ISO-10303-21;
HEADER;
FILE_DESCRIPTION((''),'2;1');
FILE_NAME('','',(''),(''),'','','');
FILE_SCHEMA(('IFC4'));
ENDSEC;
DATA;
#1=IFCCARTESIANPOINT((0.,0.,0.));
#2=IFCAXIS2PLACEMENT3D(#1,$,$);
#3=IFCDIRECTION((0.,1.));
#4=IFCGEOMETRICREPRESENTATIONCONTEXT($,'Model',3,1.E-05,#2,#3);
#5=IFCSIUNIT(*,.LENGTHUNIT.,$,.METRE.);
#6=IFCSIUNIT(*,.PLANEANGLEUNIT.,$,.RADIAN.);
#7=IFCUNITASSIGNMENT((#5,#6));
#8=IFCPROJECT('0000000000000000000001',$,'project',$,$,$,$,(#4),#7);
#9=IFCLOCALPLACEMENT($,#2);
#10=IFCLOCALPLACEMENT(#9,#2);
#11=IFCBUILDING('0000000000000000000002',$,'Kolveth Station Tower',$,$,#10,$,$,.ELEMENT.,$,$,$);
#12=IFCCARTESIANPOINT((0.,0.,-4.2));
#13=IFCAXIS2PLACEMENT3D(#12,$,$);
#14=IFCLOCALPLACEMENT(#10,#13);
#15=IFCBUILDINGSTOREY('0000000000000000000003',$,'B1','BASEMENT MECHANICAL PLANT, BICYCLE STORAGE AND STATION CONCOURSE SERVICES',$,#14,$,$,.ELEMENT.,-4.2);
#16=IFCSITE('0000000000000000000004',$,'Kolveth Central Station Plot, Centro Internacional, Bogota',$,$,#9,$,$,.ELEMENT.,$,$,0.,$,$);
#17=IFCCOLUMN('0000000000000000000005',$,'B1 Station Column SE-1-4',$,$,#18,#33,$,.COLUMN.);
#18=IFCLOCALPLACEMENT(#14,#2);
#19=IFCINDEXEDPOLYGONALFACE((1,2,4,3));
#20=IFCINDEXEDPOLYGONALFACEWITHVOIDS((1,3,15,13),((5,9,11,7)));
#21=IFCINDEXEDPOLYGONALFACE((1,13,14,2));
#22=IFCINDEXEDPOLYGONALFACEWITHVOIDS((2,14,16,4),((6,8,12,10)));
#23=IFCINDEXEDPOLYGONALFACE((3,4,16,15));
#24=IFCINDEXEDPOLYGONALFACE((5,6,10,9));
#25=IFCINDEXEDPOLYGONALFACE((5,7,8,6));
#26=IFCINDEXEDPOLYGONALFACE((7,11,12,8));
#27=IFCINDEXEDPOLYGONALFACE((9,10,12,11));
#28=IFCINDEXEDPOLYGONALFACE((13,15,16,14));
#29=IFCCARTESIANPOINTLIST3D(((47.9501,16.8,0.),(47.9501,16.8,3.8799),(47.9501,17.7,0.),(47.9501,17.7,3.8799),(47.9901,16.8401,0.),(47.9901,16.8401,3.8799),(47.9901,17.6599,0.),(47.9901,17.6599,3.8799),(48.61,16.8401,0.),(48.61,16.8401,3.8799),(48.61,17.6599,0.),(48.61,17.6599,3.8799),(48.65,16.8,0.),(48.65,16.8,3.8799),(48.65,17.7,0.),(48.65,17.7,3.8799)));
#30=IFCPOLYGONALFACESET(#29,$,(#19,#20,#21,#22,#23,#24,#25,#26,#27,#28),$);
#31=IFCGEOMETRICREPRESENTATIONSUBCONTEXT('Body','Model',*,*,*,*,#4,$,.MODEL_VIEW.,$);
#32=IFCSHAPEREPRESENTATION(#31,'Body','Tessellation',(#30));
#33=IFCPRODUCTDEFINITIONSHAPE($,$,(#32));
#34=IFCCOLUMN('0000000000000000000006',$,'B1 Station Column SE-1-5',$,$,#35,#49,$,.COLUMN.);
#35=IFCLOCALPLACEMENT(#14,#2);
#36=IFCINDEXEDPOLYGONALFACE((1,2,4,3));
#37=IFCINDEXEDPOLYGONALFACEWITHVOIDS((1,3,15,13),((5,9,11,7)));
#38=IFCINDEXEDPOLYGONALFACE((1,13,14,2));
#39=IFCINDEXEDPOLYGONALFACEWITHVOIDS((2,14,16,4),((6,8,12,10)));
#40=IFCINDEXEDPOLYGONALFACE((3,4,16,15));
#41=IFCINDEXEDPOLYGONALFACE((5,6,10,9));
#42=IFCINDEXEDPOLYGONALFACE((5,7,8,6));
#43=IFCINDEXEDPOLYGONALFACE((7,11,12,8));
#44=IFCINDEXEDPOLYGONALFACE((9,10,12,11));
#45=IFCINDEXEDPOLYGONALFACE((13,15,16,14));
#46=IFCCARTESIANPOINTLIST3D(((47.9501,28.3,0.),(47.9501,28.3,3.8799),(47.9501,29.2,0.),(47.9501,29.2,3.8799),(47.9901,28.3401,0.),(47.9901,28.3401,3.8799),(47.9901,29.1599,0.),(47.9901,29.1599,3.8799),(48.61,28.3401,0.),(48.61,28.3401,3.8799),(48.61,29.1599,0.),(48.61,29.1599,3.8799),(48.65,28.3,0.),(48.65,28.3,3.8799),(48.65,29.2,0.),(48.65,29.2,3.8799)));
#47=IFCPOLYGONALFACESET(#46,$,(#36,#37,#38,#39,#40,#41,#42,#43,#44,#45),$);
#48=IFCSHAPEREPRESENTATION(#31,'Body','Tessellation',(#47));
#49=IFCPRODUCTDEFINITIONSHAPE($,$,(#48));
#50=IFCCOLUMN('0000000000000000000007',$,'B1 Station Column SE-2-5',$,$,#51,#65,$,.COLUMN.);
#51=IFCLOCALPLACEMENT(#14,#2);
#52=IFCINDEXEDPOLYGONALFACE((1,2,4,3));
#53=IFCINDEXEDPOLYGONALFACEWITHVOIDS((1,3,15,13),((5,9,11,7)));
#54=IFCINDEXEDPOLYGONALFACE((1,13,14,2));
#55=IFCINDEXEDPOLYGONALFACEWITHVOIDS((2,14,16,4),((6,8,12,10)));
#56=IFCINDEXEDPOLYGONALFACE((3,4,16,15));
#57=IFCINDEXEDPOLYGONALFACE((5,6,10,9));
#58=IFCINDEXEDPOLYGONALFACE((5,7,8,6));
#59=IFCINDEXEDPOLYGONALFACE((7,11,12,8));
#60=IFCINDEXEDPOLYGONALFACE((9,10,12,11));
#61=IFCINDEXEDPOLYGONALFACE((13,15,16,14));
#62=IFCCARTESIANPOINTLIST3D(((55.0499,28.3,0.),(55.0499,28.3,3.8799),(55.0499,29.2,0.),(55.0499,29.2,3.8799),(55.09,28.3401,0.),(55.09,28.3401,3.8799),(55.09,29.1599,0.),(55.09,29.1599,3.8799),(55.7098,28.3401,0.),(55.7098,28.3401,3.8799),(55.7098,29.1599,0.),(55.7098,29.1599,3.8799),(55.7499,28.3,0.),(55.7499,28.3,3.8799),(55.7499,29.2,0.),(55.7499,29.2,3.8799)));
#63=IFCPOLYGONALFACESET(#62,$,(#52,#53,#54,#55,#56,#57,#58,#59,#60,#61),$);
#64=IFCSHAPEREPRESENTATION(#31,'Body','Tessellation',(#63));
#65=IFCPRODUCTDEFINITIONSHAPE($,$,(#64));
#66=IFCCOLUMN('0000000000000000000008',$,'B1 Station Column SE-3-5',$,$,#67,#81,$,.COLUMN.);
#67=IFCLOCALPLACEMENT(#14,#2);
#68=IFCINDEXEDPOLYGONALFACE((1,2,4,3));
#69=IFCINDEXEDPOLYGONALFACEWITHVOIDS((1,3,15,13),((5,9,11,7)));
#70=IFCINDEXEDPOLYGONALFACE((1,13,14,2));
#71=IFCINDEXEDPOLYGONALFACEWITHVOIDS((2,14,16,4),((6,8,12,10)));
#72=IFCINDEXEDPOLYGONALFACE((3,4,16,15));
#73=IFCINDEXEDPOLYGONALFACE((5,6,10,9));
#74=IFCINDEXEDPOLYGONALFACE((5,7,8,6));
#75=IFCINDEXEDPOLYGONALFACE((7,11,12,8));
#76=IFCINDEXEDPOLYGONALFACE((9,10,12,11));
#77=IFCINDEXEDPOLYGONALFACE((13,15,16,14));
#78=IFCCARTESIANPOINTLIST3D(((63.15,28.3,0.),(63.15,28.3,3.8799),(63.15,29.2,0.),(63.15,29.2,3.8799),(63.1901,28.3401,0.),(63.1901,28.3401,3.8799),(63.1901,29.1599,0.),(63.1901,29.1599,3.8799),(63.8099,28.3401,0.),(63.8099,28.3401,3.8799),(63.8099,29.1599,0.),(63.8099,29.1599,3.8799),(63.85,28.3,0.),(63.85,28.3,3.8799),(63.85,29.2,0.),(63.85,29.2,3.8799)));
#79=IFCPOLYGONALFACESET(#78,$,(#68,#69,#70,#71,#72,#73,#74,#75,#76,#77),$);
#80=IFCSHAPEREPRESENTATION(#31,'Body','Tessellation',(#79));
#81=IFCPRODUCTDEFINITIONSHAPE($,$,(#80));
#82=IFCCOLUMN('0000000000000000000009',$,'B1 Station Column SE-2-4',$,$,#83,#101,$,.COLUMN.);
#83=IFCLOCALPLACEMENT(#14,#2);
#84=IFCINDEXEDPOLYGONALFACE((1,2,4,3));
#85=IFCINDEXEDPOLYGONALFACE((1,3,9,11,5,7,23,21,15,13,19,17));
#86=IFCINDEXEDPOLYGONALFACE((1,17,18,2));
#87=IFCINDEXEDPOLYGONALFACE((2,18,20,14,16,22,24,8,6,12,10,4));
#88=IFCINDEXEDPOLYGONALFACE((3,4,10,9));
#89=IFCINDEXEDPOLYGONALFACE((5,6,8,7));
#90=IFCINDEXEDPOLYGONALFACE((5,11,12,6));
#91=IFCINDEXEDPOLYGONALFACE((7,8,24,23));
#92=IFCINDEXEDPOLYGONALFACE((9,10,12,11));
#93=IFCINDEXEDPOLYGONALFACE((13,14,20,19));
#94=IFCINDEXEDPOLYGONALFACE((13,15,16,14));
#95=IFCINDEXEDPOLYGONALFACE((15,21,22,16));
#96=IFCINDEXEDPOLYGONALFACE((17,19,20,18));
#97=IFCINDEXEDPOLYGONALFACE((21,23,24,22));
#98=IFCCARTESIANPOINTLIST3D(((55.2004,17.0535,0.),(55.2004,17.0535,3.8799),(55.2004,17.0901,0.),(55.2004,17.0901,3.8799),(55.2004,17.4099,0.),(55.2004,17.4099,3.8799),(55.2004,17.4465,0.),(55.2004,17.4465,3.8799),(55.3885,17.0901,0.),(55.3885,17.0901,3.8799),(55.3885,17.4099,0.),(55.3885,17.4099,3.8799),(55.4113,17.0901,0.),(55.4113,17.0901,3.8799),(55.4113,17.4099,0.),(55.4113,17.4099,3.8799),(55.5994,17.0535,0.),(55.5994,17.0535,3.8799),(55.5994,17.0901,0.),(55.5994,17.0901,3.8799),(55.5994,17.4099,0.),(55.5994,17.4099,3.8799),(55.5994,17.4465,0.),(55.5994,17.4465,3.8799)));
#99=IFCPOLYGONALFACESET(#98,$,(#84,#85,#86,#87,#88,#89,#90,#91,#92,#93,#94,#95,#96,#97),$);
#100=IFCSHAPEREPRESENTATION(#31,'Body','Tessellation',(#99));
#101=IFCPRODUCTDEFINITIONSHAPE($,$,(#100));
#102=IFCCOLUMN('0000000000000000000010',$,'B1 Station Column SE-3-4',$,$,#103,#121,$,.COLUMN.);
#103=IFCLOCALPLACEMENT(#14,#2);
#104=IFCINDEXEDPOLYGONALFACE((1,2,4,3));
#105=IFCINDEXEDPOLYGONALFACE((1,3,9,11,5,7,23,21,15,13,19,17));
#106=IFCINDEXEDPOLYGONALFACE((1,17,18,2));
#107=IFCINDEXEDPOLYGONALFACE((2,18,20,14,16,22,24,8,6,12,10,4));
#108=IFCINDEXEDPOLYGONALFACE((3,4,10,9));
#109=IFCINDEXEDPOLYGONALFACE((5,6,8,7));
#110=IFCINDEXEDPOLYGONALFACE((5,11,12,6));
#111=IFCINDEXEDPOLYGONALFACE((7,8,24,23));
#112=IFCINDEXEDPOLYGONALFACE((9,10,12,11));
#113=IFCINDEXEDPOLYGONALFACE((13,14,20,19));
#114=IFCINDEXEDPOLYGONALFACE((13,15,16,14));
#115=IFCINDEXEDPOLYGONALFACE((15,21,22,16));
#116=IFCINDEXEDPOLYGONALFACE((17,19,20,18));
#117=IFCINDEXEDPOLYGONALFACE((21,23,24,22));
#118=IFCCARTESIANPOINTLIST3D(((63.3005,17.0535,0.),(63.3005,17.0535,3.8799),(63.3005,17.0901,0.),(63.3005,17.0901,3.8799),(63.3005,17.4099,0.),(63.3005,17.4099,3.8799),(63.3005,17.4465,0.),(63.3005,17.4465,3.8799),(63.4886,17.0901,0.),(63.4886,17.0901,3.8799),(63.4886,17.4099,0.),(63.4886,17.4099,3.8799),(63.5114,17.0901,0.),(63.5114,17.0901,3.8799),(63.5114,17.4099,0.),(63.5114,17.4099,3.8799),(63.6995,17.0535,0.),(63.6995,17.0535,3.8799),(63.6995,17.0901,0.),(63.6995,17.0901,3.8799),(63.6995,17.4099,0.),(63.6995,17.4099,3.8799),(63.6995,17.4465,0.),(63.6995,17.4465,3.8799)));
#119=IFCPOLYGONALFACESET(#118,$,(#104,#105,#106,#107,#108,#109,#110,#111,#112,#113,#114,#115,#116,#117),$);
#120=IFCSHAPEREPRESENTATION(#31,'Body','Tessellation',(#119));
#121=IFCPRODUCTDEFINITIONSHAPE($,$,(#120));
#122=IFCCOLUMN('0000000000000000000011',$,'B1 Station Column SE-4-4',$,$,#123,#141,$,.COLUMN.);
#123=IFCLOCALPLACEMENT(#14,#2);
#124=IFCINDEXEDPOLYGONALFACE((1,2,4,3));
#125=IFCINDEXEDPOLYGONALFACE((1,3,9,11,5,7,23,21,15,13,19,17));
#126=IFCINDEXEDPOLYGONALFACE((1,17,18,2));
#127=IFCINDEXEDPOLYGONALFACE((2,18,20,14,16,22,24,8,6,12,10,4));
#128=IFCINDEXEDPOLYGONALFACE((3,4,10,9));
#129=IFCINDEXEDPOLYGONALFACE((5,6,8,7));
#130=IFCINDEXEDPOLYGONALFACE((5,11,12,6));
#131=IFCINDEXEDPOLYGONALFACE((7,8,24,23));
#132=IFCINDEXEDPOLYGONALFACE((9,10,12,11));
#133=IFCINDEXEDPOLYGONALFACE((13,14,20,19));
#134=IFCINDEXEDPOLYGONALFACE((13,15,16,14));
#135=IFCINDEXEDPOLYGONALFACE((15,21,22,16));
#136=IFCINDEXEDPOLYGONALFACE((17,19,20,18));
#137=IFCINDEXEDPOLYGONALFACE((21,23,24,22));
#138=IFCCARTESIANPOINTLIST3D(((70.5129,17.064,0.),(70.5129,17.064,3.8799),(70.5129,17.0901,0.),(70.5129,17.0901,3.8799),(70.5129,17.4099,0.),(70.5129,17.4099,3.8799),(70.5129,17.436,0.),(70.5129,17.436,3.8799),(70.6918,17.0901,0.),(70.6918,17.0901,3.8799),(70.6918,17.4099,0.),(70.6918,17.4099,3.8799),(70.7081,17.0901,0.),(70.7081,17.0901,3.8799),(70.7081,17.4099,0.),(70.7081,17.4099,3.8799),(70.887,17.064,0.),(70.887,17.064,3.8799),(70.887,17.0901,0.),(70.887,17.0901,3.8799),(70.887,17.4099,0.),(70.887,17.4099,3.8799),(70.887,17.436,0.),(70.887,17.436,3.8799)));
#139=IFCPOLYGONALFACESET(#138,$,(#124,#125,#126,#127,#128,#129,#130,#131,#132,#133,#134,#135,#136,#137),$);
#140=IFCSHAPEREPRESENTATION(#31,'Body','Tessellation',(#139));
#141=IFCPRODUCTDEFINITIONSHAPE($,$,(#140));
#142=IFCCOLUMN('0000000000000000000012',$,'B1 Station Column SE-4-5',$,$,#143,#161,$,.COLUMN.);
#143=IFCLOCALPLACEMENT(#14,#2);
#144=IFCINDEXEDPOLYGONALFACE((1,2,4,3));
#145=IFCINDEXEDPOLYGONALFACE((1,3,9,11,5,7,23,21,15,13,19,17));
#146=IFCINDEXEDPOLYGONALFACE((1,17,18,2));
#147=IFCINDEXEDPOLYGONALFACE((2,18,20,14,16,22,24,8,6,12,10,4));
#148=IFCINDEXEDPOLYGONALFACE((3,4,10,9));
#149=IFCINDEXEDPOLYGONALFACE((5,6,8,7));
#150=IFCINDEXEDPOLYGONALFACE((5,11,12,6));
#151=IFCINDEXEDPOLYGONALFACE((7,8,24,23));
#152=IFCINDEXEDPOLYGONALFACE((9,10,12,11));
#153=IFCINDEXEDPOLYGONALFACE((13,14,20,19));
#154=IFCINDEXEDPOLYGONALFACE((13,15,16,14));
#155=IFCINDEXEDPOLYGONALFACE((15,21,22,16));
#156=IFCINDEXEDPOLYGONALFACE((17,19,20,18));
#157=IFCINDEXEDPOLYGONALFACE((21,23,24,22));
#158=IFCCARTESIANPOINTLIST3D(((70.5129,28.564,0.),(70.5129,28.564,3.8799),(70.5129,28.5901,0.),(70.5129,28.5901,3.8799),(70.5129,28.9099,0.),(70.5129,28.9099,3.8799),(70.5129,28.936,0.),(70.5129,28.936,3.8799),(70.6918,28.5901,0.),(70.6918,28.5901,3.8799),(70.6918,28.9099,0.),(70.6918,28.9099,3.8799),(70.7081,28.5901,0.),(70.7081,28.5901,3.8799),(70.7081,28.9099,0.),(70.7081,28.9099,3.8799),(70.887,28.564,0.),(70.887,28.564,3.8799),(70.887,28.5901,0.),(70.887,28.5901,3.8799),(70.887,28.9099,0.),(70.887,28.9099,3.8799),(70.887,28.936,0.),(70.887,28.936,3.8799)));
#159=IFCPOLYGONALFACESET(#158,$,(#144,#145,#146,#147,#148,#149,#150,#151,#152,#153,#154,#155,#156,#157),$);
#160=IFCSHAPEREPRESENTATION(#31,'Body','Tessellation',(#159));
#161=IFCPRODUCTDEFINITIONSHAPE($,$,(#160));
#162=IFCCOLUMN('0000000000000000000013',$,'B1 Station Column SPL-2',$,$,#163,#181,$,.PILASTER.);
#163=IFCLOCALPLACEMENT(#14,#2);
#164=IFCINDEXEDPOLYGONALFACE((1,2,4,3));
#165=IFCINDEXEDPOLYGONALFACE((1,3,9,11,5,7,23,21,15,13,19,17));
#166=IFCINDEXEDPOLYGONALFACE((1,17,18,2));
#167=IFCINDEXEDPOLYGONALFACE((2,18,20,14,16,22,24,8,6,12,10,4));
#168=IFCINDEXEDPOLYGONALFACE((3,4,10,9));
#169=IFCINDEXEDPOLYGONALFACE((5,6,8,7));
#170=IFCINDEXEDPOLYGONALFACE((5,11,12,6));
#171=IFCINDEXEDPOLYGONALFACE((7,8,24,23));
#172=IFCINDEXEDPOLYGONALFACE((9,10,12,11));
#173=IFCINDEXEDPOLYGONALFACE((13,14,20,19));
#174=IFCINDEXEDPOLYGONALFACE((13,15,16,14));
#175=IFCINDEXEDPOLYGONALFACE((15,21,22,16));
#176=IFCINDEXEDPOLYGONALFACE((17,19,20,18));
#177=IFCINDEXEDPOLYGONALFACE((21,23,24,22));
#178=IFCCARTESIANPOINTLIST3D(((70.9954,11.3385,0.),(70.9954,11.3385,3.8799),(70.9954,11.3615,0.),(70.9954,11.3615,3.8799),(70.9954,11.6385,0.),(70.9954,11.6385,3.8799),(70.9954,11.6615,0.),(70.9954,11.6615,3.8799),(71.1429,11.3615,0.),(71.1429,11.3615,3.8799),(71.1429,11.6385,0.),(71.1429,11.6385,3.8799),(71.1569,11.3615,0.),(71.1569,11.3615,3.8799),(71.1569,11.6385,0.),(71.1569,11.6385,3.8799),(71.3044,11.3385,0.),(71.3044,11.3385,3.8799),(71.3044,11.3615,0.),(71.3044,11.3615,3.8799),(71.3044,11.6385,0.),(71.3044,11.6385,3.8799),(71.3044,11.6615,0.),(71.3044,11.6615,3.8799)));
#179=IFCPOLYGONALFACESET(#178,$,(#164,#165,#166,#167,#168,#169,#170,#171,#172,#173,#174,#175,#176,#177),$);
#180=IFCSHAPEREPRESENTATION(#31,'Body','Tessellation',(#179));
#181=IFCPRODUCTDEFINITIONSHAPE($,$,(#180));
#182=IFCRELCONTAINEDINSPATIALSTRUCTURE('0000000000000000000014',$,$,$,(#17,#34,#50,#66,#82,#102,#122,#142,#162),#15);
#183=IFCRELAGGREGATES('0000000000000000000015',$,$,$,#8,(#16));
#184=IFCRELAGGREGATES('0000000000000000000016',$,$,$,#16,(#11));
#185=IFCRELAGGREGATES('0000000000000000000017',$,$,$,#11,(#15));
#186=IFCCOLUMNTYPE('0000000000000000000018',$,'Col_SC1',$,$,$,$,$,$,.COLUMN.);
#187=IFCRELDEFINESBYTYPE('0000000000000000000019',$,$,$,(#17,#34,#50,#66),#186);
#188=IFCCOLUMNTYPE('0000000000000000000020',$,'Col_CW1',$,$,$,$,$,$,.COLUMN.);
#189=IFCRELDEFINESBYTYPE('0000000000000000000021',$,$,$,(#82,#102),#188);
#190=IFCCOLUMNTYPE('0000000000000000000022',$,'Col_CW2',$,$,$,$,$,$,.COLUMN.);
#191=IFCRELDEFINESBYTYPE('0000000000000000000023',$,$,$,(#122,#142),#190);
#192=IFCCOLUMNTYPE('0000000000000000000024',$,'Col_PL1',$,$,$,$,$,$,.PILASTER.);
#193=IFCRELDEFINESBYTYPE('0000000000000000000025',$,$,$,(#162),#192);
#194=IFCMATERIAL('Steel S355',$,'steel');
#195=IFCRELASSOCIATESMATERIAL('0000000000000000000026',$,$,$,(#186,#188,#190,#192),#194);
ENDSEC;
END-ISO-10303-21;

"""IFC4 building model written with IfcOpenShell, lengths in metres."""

from ifc_helpers import new_model, si_unit, direction, frame, origin, origin_2d, place, context, subcontext, project, spatial, hollow_rectangle, i_section, extrude, source, transform, mapped, material, material_profile, profile_set, type_object, element, save


model = new_model("IFC4")

# Units and contexts
model_context = context("Model", 3, precision=1e-05, world=origin(), true_north=direction((0.0, 1.0)))
body_context = subcontext(model_context, "Body", "Model", "MODEL_VIEW")
ifc_project = project(units=[si_unit("LENGTHUNIT", "METRE"), si_unit("PLANEANGLEUNIT", "RADIAN")], contexts=[model_context])

# Site, building, storey
site_placement = place(None, origin())
site = spatial("IfcSite", under=ifc_project, at=site_placement, Name="Kolveth Central Station Plot, Centro Internacional, Bogota", CompositionType="ELEMENT", RefElevation=0.0)
building_placement = place(site_placement, origin())
building = spatial("IfcBuilding", under=site, at=building_placement, Name="Kolveth Station Tower", CompositionType="ELEMENT")
storey_placement = place(building_placement, frame((0.0, 0.0, -4.2)))
storey = spatial("IfcBuildingStorey", under=building, at=storey_placement, Name="B1", Description="BASEMENT MECHANICAL PLANT, BICYCLE STORAGE AND STATION CONCOURSE SERVICES", CompositionType="ELEMENT", Elevation=-4.2)

# Columns
ifc_material_1 = material(Name="Steel S355", Category="steel")
ifc_material_profile_1 = material_profile(ifc_material_1, hollow_rectangle(XDim=0.7, YDim=0.8999, WallThickness=0.04, at=origin_2d()), Name="BOX900x700x40")
ifc_profile_set_1 = profile_set([ifc_material_profile_1], Name="Steel S355")
column_type_1 = type_object("IfcColumnType", Name="Col_SC1", PredefinedType="COLUMN", material=ifc_profile_set_1)
shared_shape_1 = source(origin(), body_context, "Body", "SweptSolid", [
    extrude(hollow_rectangle(XDim=0.7, YDim=0.8999, WallThickness=0.04, at=origin_2d()), origin(), (0.0, 0.0, 1.0), 3.8799),
])
for number, where, z_axis, x_axis, name in (
    (1, (48.3, 17.25, 0.0), (0.0, 0.0, 1.0), (1.0, 0.0, 0.0), "B1 Station Column SE-1-4"),
    (2, (48.3, 28.75, 0.0), (0.0, 0.0, 1.0), (1.0, 0.0, 0.0), "B1 Station Column SE-1-5"),
    (3, (55.3999, 28.75, 0.0), (0.0, 0.0, 1.0), (1.0, 0.0, 0.0), "B1 Station Column SE-2-5"),
    (4, (63.5, 28.75, 0.0), (0.0, 0.0, 1.0), (1.0, 0.0, 0.0), "B1 Station Column SE-3-5"),
):
    element("IfcColumn", number, at=place(storey_placement, frame(where, z_axis=z_axis, x_axis=x_axis)), inside=storey, type_object=column_type_1, Name=name, PredefinedType="COLUMN", context=body_context, shape_type="MappedRepresentation", body=[
        mapped(shared_shape_1, transform((0.0, 0.0, 0.0), x_axis=(1.0, 0.0, 0.0), y_axis=(0.0, 1.0, 0.0), z_axis=(0.0, 0.0, 1.0), scale=1.0)),
    ])
ifc_material_profile_2 = material_profile(ifc_material_1, i_section(OverallWidth=0.3989, OverallDepth=0.3931, WebThickness=0.0227, FlangeThickness=0.0366, at=origin_2d()), Name="W360x287")
ifc_profile_set_2 = profile_set([ifc_material_profile_2], Name="Steel S355")
column_type_2 = type_object("IfcColumnType", Name="Col_CW1", PredefinedType="COLUMN", material=ifc_profile_set_2)
shared_shape_2 = source(origin(), body_context, "Body", "SweptSolid", [
    extrude(i_section(OverallWidth=0.3989, OverallDepth=0.3931, WebThickness=0.0227, FlangeThickness=0.0366, at=origin_2d()), origin(), (0.0, 0.0, 1.0), 3.8799),
])
for number, where, z_axis, x_axis, name in (
    (5, (55.3999, 17.25, 0.0), (0.0, 0.0, 1.0), (1.0, 0.0, 0.0), "B1 Station Column SE-2-4"),
    (6, (63.5, 17.25, 0.0), (0.0, 0.0, 1.0), (1.0, 0.0, 0.0), "B1 Station Column SE-3-4"),
):
    element("IfcColumn", number, at=place(storey_placement, frame(where, z_axis=z_axis, x_axis=x_axis)), inside=storey, type_object=column_type_2, Name=name, PredefinedType="COLUMN", context=body_context, shape_type="MappedRepresentation", body=[
        mapped(shared_shape_2, transform((0.0, 0.0, 0.0), x_axis=(1.0, 0.0, 0.0), y_axis=(0.0, 1.0, 0.0), z_axis=(0.0, 0.0, 1.0), scale=1.0)),
    ])
ifc_material_profile_3 = material_profile(ifc_material_1, i_section(OverallWidth=0.374, OverallDepth=0.3721, WebThickness=0.0164, FlangeThickness=0.0261, at=origin_2d()), Name="W360x196")
ifc_profile_set_3 = profile_set([ifc_material_profile_3], Name="Steel S355")
column_type_3 = type_object("IfcColumnType", Name="Col_CW2", PredefinedType="COLUMN", material=ifc_profile_set_3)
shared_shape_3 = source(origin(), body_context, "Body", "SweptSolid", [
    extrude(i_section(OverallWidth=0.374, OverallDepth=0.3721, WebThickness=0.0164, FlangeThickness=0.0261, at=origin_2d()), origin(), (0.0, 0.0, 1.0), 3.8799),
])
for number, where, z_axis, x_axis, name in (
    (7, (70.7, 17.25, 0.0), (0.0, 0.0, 1.0), (1.0, 0.0, 0.0), "B1 Station Column SE-4-4"),
    (8, (70.7, 28.75, 0.0), (0.0, 0.0, 1.0), (1.0, 0.0, 0.0), "B1 Station Column SE-4-5"),
):
    element("IfcColumn", number, at=place(storey_placement, frame(where, z_axis=z_axis, x_axis=x_axis)), inside=storey, type_object=column_type_3, Name=name, PredefinedType="COLUMN", context=body_context, shape_type="MappedRepresentation", body=[
        mapped(shared_shape_3, transform((0.0, 0.0, 0.0), x_axis=(1.0, 0.0, 0.0), y_axis=(0.0, 1.0, 0.0), z_axis=(0.0, 0.0, 1.0), scale=1.0)),
    ])
ifc_material_profile_4 = material_profile(ifc_material_1, i_section(OverallWidth=0.3091, OverallDepth=0.323, WebThickness=0.0139, FlangeThickness=0.0229, at=origin_2d()), Name="W310x143")
ifc_profile_set_4 = profile_set([ifc_material_profile_4], Name="Steel S355")
column_type_4 = type_object("IfcColumnType", Name="Col_PL1", PredefinedType="PILASTER", material=ifc_profile_set_4)
shared_shape_4 = source(origin(), body_context, "Body", "SweptSolid", [
    extrude(i_section(OverallWidth=0.3091, OverallDepth=0.323, WebThickness=0.0139, FlangeThickness=0.0229, at=origin_2d()), origin(), (0.0, 0.0, 1.0), 3.8799),
])
for number, where, z_axis, x_axis, name in (
    (9, (71.1499, 11.5, 0.0), (0.0, 0.0, 1.0), (1.0, 0.0, 0.0), "B1 Station Column SPL-2"),
):
    element("IfcColumn", number, at=place(storey_placement, frame(where, z_axis=z_axis, x_axis=x_axis)), inside=storey, type_object=column_type_4, Name=name, PredefinedType="PILASTER", context=body_context, shape_type="MappedRepresentation", body=[
        mapped(shared_shape_4, transform((0.0, 0.0, 0.0), x_axis=(1.0, 0.0, 0.0), y_axis=(0.0, 1.0, 0.0), z_axis=(0.0, 0.0, 1.0), scale=1.0)),
    ])

save(model, "model.ifc")
